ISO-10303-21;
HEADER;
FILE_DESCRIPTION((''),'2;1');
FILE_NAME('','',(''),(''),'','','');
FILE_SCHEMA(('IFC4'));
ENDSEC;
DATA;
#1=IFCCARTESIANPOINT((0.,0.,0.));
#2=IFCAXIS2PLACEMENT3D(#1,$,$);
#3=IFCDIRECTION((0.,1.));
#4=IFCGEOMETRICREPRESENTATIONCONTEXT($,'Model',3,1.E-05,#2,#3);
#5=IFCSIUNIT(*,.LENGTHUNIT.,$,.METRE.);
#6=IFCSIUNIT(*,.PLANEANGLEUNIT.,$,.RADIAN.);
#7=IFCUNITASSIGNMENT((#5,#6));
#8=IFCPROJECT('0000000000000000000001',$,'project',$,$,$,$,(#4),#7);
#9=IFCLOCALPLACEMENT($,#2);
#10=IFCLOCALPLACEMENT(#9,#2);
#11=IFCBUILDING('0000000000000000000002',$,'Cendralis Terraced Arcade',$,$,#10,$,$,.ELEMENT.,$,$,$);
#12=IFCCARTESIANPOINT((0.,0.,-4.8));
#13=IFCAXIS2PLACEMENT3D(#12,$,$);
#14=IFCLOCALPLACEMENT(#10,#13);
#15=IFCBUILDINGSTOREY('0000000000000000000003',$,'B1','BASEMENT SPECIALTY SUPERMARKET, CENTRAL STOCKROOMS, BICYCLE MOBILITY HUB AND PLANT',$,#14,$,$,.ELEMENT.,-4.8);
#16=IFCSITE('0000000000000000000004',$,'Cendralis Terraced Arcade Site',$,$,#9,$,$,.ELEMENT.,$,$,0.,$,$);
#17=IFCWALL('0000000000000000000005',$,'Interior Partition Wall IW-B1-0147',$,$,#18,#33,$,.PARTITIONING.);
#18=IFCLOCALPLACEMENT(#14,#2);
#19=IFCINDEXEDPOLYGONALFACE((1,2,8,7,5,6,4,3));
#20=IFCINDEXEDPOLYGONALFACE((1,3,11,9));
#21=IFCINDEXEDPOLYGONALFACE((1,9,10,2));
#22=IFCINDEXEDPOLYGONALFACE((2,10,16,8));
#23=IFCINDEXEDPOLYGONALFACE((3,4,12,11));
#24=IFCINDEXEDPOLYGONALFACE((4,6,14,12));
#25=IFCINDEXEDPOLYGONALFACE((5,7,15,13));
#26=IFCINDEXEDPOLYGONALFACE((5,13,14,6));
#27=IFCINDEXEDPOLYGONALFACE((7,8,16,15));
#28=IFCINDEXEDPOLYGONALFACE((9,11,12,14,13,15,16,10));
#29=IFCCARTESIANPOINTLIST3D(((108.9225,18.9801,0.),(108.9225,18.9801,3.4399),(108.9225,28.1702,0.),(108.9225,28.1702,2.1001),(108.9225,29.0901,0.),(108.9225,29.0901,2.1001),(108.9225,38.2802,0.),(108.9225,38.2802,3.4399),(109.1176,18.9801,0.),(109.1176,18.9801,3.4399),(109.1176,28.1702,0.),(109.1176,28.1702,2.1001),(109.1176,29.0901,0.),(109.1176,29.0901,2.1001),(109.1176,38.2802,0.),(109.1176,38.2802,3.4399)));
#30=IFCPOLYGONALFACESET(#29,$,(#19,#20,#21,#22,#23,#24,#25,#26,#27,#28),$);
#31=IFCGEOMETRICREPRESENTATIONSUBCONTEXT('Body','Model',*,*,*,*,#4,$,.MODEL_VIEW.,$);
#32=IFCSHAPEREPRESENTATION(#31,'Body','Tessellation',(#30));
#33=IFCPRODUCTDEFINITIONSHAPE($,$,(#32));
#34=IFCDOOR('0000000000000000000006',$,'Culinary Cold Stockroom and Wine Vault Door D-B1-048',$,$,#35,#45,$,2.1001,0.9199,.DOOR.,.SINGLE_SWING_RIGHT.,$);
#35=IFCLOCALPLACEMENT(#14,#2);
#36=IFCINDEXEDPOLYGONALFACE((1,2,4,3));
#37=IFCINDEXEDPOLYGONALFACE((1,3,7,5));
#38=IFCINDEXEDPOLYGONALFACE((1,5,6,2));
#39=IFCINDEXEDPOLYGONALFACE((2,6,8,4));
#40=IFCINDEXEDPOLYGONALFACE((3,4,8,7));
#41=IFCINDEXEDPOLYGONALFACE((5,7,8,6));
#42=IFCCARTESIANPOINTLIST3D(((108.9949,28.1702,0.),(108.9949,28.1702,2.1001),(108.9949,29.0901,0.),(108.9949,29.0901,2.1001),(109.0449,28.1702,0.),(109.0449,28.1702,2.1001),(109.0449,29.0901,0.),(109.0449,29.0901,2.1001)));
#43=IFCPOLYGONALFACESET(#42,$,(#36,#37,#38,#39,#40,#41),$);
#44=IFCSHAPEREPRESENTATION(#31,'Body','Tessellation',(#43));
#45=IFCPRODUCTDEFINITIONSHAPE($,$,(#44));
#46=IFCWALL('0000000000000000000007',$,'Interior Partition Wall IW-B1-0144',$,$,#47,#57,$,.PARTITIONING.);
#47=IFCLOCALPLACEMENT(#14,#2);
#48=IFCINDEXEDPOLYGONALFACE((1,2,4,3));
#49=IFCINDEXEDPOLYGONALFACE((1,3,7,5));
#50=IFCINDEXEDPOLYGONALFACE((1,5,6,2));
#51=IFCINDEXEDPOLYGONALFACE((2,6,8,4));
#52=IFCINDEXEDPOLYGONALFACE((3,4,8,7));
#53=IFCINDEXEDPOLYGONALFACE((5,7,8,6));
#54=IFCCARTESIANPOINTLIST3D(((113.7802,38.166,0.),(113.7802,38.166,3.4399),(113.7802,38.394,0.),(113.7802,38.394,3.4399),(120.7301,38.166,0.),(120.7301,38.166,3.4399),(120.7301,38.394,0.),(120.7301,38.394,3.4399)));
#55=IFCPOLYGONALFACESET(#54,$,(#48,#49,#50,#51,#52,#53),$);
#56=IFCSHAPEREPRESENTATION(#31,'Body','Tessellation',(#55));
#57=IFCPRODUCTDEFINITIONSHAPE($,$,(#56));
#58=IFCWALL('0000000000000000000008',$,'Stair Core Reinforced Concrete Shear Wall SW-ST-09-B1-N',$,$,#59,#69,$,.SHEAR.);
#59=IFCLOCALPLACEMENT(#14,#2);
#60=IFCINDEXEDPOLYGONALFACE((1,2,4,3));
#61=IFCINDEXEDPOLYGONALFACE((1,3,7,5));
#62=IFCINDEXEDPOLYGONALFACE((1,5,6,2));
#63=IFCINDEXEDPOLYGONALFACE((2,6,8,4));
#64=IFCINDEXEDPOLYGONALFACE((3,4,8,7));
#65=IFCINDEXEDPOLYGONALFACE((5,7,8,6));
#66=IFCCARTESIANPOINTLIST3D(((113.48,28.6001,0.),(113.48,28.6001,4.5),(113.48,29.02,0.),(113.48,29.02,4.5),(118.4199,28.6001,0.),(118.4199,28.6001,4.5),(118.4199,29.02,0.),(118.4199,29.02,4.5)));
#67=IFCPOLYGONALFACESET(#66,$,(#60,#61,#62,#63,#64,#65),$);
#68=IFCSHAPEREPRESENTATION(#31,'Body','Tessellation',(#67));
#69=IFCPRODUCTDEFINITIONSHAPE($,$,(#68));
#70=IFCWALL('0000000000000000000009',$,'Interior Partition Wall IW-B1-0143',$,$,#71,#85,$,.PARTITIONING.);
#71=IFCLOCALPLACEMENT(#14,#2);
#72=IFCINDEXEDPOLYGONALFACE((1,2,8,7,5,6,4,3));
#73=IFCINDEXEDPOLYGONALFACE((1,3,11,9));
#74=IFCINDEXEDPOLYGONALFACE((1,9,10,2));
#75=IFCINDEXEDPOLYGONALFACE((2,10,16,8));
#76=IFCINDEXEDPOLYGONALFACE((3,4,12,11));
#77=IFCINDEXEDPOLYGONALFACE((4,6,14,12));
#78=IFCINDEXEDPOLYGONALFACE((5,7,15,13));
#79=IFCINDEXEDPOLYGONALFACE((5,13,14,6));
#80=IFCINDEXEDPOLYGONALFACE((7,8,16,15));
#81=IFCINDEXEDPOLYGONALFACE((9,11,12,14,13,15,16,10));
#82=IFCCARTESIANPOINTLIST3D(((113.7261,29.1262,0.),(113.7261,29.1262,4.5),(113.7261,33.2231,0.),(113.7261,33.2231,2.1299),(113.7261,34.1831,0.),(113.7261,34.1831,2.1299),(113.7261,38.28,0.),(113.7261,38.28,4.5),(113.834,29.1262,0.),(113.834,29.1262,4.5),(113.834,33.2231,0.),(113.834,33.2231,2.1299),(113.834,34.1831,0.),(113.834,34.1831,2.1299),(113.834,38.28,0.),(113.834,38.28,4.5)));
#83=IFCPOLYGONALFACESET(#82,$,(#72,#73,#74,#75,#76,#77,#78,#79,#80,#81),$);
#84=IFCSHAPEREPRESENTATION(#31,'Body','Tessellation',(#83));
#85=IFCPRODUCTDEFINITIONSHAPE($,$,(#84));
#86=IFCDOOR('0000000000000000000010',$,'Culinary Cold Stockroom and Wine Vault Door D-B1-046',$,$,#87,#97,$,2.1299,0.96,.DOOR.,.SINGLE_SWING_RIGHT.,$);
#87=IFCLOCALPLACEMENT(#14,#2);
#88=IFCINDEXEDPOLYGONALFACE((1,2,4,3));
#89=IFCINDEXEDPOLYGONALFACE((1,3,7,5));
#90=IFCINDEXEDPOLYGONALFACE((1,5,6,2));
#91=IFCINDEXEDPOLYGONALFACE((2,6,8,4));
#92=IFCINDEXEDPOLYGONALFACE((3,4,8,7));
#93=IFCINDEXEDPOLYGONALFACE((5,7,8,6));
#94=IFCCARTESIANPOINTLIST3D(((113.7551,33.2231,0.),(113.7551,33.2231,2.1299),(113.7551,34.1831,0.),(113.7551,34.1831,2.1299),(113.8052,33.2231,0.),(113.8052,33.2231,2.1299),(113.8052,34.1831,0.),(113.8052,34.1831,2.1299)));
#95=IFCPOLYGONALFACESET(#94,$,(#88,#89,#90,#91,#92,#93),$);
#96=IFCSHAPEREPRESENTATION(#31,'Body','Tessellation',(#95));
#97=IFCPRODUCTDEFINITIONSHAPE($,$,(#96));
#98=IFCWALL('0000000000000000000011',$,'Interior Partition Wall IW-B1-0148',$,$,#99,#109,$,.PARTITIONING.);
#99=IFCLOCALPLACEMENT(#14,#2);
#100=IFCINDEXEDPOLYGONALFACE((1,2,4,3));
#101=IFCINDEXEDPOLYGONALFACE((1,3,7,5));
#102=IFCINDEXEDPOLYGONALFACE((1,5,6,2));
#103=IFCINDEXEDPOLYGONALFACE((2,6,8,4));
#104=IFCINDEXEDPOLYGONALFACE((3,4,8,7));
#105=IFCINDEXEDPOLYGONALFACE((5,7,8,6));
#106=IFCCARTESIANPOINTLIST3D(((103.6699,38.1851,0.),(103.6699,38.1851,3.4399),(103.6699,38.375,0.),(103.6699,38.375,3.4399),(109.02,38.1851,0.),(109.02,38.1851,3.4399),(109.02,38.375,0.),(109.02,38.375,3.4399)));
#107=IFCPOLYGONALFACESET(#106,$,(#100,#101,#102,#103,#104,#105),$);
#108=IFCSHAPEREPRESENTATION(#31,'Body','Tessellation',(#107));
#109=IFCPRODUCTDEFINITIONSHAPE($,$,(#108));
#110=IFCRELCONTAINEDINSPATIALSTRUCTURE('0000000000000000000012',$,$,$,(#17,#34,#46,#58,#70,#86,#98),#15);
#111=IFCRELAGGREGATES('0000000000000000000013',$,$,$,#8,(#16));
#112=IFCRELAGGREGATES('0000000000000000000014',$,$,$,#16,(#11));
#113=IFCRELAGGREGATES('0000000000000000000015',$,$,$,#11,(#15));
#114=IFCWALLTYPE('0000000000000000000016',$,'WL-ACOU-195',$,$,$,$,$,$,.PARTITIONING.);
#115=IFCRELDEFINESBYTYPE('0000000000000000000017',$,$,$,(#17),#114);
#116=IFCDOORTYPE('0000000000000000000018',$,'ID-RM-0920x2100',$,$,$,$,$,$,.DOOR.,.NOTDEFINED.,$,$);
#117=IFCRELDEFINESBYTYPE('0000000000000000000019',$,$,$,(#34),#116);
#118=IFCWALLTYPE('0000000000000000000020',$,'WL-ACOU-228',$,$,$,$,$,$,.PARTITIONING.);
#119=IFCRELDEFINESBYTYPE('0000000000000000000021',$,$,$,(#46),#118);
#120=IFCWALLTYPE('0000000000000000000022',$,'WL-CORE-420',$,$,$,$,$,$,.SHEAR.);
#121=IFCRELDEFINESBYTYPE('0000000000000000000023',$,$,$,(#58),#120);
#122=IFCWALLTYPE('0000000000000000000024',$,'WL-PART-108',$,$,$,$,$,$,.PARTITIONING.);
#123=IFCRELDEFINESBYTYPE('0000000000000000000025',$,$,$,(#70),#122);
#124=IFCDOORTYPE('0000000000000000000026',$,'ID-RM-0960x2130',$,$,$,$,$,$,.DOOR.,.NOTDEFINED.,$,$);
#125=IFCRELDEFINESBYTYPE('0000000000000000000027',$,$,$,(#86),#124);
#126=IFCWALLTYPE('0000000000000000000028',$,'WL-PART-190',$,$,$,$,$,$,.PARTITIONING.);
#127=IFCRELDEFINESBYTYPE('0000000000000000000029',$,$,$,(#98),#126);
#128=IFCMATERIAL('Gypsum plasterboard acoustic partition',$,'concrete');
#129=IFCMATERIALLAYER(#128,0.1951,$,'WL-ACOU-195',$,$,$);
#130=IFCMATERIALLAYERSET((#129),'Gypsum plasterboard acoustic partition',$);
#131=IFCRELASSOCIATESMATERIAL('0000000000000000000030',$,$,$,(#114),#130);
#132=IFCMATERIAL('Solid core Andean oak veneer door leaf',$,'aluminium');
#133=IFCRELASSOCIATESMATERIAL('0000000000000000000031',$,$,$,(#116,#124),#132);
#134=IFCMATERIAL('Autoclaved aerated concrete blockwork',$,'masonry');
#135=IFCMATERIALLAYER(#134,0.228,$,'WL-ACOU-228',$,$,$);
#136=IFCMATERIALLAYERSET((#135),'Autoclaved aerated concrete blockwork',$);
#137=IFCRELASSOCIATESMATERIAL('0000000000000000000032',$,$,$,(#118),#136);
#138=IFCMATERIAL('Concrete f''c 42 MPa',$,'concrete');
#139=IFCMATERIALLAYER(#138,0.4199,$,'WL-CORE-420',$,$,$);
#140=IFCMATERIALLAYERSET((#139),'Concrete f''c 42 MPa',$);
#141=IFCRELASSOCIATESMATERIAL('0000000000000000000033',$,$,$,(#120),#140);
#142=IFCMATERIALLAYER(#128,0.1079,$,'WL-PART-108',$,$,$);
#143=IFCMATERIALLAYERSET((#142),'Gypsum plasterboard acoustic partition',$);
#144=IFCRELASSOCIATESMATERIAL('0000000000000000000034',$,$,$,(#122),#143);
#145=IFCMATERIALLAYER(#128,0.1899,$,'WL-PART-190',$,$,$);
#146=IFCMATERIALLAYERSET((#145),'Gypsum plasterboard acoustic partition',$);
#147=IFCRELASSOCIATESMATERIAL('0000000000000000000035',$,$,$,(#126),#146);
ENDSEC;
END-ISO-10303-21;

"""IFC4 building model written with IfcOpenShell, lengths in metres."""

from ifc_helpers import new_model, si_unit, direction, frame, frame_2d, origin, place, context, subcontext, project, spatial, rectangle, extrude, material, layer, layer_set, type_object, element, fill, save


model = new_model("IFC4")

# Units and contexts
model_context = context("Model", 3, precision=1e-05, world=origin(), true_north=direction((0.0, 1.0)))
body_context = subcontext(model_context, "Body", "Model", "MODEL_VIEW")
ifc_project = project(units=[si_unit("LENGTHUNIT", "METRE"), si_unit("PLANEANGLEUNIT", "RADIAN")], contexts=[model_context])

# Site, building, storey
site_placement = place(None, origin())
site = spatial("IfcSite", under=ifc_project, at=site_placement, Name="Cendralis Terraced Arcade Site", CompositionType="ELEMENT", RefElevation=0.0)
building_placement = place(site_placement, origin())
building = spatial("IfcBuilding", under=site, at=building_placement, Name="Cendralis Terraced Arcade", CompositionType="ELEMENT")
storey_placement = place(building_placement, frame((0.0, 0.0, -4.8)))
storey = spatial("IfcBuildingStorey", under=building, at=storey_placement, Name="B1", Description="BASEMENT SPECIALTY SUPERMARKET, CENTRAL STOCKROOMS, BICYCLE MOBILITY HUB AND PLANT", CompositionType="ELEMENT", Elevation=-4.8)

# Shared definitions
ifc_material_1 = material(Name="Concrete f'c 42 MPa", Category="concrete")

# Wall, opening, door
ifc_material_2 = material(Name="Gypsum plasterboard acoustic partition", Category="concrete")
ifc_layer_1 = layer(ifc_material_2, 0.1951, Name="WL-ACOU-195")
ifc_layer_set_1 = layer_set([ifc_layer_1], Name="Gypsum plasterboard acoustic partition")
wall_type_1 = type_object("IfcWallType", Name="WL-ACOU-195", PredefinedType="PARTITIONING", material=ifc_layer_set_1)
wall_1_placement = place(storey_placement, frame((109.02, 38.28, 0.0), z_axis=(0.0, 0.0, 1.0), x_axis=(0.0, -1.0, 0.0)))
wall_1 = element("IfcWall", 1, at=wall_1_placement, inside=storey, type_object=wall_type_1, Name="Interior Partition Wall IW-B1-0147", PredefinedType="PARTITIONING", context=body_context, shape_type="SweptSolid", body=[
    extrude(rectangle(XDim=19.3, YDim=0.1951, at=frame_2d((9.6499, 0.0))), origin(), (0.0, 0.0, 1.0), 3.4399),
])
opening_1_placement = place(wall_1_placement, frame((9.1899, 0.0, 0.0)))
opening_1 = element("IfcOpeningElement", 2, at=opening_1_placement, cuts=wall_1, PredefinedType="OPENING", context=body_context, shape_type="SweptSolid", body=[
    extrude(rectangle(XDim=0.9199, YDim=2.1001, at=frame_2d((0.46, 1.05))), frame((0.0, 0.1094, 0.0), z_axis=(0.0, -1.0, 0.0), x_axis=(1.0, 0.0, 0.0)), (0.0, 0.0, 1.0), 0.219),
])
ifc_material_3 = material(Name="Solid core Andean oak veneer door leaf", Category="aluminium")
door_type_1 = type_object("IfcDoorType", Name="ID-RM-0920x2100", OperationType="NOTDEFINED", PredefinedType="DOOR", material=ifc_material_3)
door_1_placement = place(opening_1_placement, origin())
door_1 = element("IfcDoor", 3, at=door_1_placement, inside=storey, type_object=door_type_1, Name="Culinary Cold Stockroom and Wine Vault Door D-B1-048", OperationType="SINGLE_SWING_RIGHT", OverallHeight=2.1001, OverallWidth=0.9199, PredefinedType="DOOR", context=body_context, shape_type="SweptSolid", body=[
    extrude(rectangle(XDim=0.9199, YDim=2.1001, at=frame_2d((0.46, 1.05))), frame((0.0, 0.0249, 0.0), z_axis=(0.0, -1.0, 0.0), x_axis=(1.0, 0.0, 0.0)), (0.0, 0.0, 1.0), 0.05),
])
fill(opening_1, door_1)

# Walls
ifc_material_4 = material(Name="Autoclaved aerated concrete blockwork", Category="masonry")
ifc_layer_2 = layer(ifc_material_4, 0.228, Name="WL-ACOU-228")
ifc_layer_set_2 = layer_set([ifc_layer_2], Name="Autoclaved aerated concrete blockwork")
wall_type_2 = type_object("IfcWallType", Name="WL-ACOU-228", PredefinedType="PARTITIONING", material=ifc_layer_set_2)
wall_2_placement = place(storey_placement, frame((113.78, 38.28, 0.0), z_axis=(0.0, 0.0, 1.0), x_axis=(1.0, 0.0, 0.0)))
element("IfcWall", 4, at=wall_2_placement, inside=storey, type_object=wall_type_2, Name="Interior Partition Wall IW-B1-0144", PredefinedType="PARTITIONING", context=body_context, shape_type="SweptSolid", body=[
    extrude(rectangle(XDim=6.95, YDim=0.228, at=frame_2d((3.4751, 0.0))), origin(), (0.0, 0.0, 1.0), 3.4399),
])
ifc_layer_3 = layer(ifc_material_1, 0.4199, Name="WL-CORE-420")
ifc_layer_set_3 = layer_set([ifc_layer_3], Name="Concrete f'c 42 MPa")
wall_type_3 = type_object("IfcWallType", Name="WL-CORE-420", PredefinedType="SHEAR", material=ifc_layer_set_3)
wall_3_placement = place(storey_placement, frame((113.48, 28.8101, 0.0), z_axis=(0.0, 0.0, 1.0), x_axis=(1.0, 0.0, 0.0)))
element("IfcWall", 5, at=wall_3_placement, inside=storey, type_object=wall_type_3, Name="Stair Core Reinforced Concrete Shear Wall SW-ST-09-B1-N", PredefinedType="SHEAR", context=body_context, shape_type="SweptSolid", body=[
    extrude(rectangle(XDim=4.9399, YDim=0.4199, at=frame_2d((2.47, 0.0))), origin(), (0.0, 0.0, 1.0), 4.5),
])

# Wall, opening, door
ifc_layer_4 = layer(ifc_material_2, 0.1079, Name="WL-PART-108")
ifc_layer_set_4 = layer_set([ifc_layer_4], Name="Gypsum plasterboard acoustic partition")
wall_type_4 = type_object("IfcWallType", Name="WL-PART-108", PredefinedType="PARTITIONING", material=ifc_layer_set_4)
wall_4_placement = place(storey_placement, frame((113.78, 29.1262, 0.0), z_axis=(0.0, 0.0, 1.0), x_axis=(0.0, 1.0, 0.0)))
wall_4 = element("IfcWall", 6, at=wall_4_placement, inside=storey, type_object=wall_type_4, Name="Interior Partition Wall IW-B1-0143", PredefinedType="PARTITIONING", context=body_context, shape_type="SweptSolid", body=[
    extrude(rectangle(XDim=9.1538, YDim=0.1079, at=frame_2d((4.5769, 0.0))), origin(), (0.0, 0.0, 1.0), 4.5),
])
opening_2_placement = place(wall_4_placement, frame((4.0969, 0.0, 0.0)))
opening_2 = element("IfcOpeningElement", 7, at=opening_2_placement, cuts=wall_4, PredefinedType="OPENING", context=body_context, shape_type="SweptSolid", body=[
    extrude(rectangle(XDim=0.96, YDim=2.1299, at=frame_2d((0.48, 1.0649))), frame((0.0, 0.0659, 0.0), z_axis=(0.0, -1.0, 0.0), x_axis=(1.0, 0.0, 0.0)), (0.0, 0.0, 1.0), 0.1318),
])
door_type_2 = type_object("IfcDoorType", Name="ID-RM-0960x2130", OperationType="NOTDEFINED", PredefinedType="DOOR", material=ifc_material_3)
door_2_placement = place(opening_2_placement, origin())
door_2 = element("IfcDoor", 8, at=door_2_placement, inside=storey, type_object=door_type_2, Name="Culinary Cold Stockroom and Wine Vault Door D-B1-046", OperationType="SINGLE_SWING_RIGHT", OverallHeight=2.1299, OverallWidth=0.96, PredefinedType="DOOR", context=body_context, shape_type="SweptSolid", body=[
    extrude(rectangle(XDim=0.96, YDim=2.1299, at=frame_2d((0.48, 1.0649))), frame((0.0, 0.0249, 0.0), z_axis=(0.0, -1.0, 0.0), x_axis=(1.0, 0.0, 0.0)), (0.0, 0.0, 1.0), 0.05),
])
fill(opening_2, door_2)

# Wall
ifc_layer_5 = layer(ifc_material_2, 0.1899, Name="WL-PART-190")
ifc_layer_set_5 = layer_set([ifc_layer_5], Name="Gypsum plasterboard acoustic partition")
wall_type_5 = type_object("IfcWallType", Name="WL-PART-190", PredefinedType="PARTITIONING", material=ifc_layer_set_5)
wall_5_placement = place(storey_placement, frame((103.6699, 38.28, 0.0), z_axis=(0.0, 0.0, 1.0), x_axis=(1.0, 0.0, 0.0)))
element("IfcWall", 9, at=wall_5_placement, inside=storey, type_object=wall_type_5, Name="Interior Partition Wall IW-B1-0148", PredefinedType="PARTITIONING", context=body_context, shape_type="SweptSolid", body=[
    extrude(rectangle(XDim=5.3501, YDim=0.1899, at=frame_2d((2.675, 0.0))), origin(), (0.0, 0.0, 1.0), 3.4399),
])

save(model, "model.ifc")
